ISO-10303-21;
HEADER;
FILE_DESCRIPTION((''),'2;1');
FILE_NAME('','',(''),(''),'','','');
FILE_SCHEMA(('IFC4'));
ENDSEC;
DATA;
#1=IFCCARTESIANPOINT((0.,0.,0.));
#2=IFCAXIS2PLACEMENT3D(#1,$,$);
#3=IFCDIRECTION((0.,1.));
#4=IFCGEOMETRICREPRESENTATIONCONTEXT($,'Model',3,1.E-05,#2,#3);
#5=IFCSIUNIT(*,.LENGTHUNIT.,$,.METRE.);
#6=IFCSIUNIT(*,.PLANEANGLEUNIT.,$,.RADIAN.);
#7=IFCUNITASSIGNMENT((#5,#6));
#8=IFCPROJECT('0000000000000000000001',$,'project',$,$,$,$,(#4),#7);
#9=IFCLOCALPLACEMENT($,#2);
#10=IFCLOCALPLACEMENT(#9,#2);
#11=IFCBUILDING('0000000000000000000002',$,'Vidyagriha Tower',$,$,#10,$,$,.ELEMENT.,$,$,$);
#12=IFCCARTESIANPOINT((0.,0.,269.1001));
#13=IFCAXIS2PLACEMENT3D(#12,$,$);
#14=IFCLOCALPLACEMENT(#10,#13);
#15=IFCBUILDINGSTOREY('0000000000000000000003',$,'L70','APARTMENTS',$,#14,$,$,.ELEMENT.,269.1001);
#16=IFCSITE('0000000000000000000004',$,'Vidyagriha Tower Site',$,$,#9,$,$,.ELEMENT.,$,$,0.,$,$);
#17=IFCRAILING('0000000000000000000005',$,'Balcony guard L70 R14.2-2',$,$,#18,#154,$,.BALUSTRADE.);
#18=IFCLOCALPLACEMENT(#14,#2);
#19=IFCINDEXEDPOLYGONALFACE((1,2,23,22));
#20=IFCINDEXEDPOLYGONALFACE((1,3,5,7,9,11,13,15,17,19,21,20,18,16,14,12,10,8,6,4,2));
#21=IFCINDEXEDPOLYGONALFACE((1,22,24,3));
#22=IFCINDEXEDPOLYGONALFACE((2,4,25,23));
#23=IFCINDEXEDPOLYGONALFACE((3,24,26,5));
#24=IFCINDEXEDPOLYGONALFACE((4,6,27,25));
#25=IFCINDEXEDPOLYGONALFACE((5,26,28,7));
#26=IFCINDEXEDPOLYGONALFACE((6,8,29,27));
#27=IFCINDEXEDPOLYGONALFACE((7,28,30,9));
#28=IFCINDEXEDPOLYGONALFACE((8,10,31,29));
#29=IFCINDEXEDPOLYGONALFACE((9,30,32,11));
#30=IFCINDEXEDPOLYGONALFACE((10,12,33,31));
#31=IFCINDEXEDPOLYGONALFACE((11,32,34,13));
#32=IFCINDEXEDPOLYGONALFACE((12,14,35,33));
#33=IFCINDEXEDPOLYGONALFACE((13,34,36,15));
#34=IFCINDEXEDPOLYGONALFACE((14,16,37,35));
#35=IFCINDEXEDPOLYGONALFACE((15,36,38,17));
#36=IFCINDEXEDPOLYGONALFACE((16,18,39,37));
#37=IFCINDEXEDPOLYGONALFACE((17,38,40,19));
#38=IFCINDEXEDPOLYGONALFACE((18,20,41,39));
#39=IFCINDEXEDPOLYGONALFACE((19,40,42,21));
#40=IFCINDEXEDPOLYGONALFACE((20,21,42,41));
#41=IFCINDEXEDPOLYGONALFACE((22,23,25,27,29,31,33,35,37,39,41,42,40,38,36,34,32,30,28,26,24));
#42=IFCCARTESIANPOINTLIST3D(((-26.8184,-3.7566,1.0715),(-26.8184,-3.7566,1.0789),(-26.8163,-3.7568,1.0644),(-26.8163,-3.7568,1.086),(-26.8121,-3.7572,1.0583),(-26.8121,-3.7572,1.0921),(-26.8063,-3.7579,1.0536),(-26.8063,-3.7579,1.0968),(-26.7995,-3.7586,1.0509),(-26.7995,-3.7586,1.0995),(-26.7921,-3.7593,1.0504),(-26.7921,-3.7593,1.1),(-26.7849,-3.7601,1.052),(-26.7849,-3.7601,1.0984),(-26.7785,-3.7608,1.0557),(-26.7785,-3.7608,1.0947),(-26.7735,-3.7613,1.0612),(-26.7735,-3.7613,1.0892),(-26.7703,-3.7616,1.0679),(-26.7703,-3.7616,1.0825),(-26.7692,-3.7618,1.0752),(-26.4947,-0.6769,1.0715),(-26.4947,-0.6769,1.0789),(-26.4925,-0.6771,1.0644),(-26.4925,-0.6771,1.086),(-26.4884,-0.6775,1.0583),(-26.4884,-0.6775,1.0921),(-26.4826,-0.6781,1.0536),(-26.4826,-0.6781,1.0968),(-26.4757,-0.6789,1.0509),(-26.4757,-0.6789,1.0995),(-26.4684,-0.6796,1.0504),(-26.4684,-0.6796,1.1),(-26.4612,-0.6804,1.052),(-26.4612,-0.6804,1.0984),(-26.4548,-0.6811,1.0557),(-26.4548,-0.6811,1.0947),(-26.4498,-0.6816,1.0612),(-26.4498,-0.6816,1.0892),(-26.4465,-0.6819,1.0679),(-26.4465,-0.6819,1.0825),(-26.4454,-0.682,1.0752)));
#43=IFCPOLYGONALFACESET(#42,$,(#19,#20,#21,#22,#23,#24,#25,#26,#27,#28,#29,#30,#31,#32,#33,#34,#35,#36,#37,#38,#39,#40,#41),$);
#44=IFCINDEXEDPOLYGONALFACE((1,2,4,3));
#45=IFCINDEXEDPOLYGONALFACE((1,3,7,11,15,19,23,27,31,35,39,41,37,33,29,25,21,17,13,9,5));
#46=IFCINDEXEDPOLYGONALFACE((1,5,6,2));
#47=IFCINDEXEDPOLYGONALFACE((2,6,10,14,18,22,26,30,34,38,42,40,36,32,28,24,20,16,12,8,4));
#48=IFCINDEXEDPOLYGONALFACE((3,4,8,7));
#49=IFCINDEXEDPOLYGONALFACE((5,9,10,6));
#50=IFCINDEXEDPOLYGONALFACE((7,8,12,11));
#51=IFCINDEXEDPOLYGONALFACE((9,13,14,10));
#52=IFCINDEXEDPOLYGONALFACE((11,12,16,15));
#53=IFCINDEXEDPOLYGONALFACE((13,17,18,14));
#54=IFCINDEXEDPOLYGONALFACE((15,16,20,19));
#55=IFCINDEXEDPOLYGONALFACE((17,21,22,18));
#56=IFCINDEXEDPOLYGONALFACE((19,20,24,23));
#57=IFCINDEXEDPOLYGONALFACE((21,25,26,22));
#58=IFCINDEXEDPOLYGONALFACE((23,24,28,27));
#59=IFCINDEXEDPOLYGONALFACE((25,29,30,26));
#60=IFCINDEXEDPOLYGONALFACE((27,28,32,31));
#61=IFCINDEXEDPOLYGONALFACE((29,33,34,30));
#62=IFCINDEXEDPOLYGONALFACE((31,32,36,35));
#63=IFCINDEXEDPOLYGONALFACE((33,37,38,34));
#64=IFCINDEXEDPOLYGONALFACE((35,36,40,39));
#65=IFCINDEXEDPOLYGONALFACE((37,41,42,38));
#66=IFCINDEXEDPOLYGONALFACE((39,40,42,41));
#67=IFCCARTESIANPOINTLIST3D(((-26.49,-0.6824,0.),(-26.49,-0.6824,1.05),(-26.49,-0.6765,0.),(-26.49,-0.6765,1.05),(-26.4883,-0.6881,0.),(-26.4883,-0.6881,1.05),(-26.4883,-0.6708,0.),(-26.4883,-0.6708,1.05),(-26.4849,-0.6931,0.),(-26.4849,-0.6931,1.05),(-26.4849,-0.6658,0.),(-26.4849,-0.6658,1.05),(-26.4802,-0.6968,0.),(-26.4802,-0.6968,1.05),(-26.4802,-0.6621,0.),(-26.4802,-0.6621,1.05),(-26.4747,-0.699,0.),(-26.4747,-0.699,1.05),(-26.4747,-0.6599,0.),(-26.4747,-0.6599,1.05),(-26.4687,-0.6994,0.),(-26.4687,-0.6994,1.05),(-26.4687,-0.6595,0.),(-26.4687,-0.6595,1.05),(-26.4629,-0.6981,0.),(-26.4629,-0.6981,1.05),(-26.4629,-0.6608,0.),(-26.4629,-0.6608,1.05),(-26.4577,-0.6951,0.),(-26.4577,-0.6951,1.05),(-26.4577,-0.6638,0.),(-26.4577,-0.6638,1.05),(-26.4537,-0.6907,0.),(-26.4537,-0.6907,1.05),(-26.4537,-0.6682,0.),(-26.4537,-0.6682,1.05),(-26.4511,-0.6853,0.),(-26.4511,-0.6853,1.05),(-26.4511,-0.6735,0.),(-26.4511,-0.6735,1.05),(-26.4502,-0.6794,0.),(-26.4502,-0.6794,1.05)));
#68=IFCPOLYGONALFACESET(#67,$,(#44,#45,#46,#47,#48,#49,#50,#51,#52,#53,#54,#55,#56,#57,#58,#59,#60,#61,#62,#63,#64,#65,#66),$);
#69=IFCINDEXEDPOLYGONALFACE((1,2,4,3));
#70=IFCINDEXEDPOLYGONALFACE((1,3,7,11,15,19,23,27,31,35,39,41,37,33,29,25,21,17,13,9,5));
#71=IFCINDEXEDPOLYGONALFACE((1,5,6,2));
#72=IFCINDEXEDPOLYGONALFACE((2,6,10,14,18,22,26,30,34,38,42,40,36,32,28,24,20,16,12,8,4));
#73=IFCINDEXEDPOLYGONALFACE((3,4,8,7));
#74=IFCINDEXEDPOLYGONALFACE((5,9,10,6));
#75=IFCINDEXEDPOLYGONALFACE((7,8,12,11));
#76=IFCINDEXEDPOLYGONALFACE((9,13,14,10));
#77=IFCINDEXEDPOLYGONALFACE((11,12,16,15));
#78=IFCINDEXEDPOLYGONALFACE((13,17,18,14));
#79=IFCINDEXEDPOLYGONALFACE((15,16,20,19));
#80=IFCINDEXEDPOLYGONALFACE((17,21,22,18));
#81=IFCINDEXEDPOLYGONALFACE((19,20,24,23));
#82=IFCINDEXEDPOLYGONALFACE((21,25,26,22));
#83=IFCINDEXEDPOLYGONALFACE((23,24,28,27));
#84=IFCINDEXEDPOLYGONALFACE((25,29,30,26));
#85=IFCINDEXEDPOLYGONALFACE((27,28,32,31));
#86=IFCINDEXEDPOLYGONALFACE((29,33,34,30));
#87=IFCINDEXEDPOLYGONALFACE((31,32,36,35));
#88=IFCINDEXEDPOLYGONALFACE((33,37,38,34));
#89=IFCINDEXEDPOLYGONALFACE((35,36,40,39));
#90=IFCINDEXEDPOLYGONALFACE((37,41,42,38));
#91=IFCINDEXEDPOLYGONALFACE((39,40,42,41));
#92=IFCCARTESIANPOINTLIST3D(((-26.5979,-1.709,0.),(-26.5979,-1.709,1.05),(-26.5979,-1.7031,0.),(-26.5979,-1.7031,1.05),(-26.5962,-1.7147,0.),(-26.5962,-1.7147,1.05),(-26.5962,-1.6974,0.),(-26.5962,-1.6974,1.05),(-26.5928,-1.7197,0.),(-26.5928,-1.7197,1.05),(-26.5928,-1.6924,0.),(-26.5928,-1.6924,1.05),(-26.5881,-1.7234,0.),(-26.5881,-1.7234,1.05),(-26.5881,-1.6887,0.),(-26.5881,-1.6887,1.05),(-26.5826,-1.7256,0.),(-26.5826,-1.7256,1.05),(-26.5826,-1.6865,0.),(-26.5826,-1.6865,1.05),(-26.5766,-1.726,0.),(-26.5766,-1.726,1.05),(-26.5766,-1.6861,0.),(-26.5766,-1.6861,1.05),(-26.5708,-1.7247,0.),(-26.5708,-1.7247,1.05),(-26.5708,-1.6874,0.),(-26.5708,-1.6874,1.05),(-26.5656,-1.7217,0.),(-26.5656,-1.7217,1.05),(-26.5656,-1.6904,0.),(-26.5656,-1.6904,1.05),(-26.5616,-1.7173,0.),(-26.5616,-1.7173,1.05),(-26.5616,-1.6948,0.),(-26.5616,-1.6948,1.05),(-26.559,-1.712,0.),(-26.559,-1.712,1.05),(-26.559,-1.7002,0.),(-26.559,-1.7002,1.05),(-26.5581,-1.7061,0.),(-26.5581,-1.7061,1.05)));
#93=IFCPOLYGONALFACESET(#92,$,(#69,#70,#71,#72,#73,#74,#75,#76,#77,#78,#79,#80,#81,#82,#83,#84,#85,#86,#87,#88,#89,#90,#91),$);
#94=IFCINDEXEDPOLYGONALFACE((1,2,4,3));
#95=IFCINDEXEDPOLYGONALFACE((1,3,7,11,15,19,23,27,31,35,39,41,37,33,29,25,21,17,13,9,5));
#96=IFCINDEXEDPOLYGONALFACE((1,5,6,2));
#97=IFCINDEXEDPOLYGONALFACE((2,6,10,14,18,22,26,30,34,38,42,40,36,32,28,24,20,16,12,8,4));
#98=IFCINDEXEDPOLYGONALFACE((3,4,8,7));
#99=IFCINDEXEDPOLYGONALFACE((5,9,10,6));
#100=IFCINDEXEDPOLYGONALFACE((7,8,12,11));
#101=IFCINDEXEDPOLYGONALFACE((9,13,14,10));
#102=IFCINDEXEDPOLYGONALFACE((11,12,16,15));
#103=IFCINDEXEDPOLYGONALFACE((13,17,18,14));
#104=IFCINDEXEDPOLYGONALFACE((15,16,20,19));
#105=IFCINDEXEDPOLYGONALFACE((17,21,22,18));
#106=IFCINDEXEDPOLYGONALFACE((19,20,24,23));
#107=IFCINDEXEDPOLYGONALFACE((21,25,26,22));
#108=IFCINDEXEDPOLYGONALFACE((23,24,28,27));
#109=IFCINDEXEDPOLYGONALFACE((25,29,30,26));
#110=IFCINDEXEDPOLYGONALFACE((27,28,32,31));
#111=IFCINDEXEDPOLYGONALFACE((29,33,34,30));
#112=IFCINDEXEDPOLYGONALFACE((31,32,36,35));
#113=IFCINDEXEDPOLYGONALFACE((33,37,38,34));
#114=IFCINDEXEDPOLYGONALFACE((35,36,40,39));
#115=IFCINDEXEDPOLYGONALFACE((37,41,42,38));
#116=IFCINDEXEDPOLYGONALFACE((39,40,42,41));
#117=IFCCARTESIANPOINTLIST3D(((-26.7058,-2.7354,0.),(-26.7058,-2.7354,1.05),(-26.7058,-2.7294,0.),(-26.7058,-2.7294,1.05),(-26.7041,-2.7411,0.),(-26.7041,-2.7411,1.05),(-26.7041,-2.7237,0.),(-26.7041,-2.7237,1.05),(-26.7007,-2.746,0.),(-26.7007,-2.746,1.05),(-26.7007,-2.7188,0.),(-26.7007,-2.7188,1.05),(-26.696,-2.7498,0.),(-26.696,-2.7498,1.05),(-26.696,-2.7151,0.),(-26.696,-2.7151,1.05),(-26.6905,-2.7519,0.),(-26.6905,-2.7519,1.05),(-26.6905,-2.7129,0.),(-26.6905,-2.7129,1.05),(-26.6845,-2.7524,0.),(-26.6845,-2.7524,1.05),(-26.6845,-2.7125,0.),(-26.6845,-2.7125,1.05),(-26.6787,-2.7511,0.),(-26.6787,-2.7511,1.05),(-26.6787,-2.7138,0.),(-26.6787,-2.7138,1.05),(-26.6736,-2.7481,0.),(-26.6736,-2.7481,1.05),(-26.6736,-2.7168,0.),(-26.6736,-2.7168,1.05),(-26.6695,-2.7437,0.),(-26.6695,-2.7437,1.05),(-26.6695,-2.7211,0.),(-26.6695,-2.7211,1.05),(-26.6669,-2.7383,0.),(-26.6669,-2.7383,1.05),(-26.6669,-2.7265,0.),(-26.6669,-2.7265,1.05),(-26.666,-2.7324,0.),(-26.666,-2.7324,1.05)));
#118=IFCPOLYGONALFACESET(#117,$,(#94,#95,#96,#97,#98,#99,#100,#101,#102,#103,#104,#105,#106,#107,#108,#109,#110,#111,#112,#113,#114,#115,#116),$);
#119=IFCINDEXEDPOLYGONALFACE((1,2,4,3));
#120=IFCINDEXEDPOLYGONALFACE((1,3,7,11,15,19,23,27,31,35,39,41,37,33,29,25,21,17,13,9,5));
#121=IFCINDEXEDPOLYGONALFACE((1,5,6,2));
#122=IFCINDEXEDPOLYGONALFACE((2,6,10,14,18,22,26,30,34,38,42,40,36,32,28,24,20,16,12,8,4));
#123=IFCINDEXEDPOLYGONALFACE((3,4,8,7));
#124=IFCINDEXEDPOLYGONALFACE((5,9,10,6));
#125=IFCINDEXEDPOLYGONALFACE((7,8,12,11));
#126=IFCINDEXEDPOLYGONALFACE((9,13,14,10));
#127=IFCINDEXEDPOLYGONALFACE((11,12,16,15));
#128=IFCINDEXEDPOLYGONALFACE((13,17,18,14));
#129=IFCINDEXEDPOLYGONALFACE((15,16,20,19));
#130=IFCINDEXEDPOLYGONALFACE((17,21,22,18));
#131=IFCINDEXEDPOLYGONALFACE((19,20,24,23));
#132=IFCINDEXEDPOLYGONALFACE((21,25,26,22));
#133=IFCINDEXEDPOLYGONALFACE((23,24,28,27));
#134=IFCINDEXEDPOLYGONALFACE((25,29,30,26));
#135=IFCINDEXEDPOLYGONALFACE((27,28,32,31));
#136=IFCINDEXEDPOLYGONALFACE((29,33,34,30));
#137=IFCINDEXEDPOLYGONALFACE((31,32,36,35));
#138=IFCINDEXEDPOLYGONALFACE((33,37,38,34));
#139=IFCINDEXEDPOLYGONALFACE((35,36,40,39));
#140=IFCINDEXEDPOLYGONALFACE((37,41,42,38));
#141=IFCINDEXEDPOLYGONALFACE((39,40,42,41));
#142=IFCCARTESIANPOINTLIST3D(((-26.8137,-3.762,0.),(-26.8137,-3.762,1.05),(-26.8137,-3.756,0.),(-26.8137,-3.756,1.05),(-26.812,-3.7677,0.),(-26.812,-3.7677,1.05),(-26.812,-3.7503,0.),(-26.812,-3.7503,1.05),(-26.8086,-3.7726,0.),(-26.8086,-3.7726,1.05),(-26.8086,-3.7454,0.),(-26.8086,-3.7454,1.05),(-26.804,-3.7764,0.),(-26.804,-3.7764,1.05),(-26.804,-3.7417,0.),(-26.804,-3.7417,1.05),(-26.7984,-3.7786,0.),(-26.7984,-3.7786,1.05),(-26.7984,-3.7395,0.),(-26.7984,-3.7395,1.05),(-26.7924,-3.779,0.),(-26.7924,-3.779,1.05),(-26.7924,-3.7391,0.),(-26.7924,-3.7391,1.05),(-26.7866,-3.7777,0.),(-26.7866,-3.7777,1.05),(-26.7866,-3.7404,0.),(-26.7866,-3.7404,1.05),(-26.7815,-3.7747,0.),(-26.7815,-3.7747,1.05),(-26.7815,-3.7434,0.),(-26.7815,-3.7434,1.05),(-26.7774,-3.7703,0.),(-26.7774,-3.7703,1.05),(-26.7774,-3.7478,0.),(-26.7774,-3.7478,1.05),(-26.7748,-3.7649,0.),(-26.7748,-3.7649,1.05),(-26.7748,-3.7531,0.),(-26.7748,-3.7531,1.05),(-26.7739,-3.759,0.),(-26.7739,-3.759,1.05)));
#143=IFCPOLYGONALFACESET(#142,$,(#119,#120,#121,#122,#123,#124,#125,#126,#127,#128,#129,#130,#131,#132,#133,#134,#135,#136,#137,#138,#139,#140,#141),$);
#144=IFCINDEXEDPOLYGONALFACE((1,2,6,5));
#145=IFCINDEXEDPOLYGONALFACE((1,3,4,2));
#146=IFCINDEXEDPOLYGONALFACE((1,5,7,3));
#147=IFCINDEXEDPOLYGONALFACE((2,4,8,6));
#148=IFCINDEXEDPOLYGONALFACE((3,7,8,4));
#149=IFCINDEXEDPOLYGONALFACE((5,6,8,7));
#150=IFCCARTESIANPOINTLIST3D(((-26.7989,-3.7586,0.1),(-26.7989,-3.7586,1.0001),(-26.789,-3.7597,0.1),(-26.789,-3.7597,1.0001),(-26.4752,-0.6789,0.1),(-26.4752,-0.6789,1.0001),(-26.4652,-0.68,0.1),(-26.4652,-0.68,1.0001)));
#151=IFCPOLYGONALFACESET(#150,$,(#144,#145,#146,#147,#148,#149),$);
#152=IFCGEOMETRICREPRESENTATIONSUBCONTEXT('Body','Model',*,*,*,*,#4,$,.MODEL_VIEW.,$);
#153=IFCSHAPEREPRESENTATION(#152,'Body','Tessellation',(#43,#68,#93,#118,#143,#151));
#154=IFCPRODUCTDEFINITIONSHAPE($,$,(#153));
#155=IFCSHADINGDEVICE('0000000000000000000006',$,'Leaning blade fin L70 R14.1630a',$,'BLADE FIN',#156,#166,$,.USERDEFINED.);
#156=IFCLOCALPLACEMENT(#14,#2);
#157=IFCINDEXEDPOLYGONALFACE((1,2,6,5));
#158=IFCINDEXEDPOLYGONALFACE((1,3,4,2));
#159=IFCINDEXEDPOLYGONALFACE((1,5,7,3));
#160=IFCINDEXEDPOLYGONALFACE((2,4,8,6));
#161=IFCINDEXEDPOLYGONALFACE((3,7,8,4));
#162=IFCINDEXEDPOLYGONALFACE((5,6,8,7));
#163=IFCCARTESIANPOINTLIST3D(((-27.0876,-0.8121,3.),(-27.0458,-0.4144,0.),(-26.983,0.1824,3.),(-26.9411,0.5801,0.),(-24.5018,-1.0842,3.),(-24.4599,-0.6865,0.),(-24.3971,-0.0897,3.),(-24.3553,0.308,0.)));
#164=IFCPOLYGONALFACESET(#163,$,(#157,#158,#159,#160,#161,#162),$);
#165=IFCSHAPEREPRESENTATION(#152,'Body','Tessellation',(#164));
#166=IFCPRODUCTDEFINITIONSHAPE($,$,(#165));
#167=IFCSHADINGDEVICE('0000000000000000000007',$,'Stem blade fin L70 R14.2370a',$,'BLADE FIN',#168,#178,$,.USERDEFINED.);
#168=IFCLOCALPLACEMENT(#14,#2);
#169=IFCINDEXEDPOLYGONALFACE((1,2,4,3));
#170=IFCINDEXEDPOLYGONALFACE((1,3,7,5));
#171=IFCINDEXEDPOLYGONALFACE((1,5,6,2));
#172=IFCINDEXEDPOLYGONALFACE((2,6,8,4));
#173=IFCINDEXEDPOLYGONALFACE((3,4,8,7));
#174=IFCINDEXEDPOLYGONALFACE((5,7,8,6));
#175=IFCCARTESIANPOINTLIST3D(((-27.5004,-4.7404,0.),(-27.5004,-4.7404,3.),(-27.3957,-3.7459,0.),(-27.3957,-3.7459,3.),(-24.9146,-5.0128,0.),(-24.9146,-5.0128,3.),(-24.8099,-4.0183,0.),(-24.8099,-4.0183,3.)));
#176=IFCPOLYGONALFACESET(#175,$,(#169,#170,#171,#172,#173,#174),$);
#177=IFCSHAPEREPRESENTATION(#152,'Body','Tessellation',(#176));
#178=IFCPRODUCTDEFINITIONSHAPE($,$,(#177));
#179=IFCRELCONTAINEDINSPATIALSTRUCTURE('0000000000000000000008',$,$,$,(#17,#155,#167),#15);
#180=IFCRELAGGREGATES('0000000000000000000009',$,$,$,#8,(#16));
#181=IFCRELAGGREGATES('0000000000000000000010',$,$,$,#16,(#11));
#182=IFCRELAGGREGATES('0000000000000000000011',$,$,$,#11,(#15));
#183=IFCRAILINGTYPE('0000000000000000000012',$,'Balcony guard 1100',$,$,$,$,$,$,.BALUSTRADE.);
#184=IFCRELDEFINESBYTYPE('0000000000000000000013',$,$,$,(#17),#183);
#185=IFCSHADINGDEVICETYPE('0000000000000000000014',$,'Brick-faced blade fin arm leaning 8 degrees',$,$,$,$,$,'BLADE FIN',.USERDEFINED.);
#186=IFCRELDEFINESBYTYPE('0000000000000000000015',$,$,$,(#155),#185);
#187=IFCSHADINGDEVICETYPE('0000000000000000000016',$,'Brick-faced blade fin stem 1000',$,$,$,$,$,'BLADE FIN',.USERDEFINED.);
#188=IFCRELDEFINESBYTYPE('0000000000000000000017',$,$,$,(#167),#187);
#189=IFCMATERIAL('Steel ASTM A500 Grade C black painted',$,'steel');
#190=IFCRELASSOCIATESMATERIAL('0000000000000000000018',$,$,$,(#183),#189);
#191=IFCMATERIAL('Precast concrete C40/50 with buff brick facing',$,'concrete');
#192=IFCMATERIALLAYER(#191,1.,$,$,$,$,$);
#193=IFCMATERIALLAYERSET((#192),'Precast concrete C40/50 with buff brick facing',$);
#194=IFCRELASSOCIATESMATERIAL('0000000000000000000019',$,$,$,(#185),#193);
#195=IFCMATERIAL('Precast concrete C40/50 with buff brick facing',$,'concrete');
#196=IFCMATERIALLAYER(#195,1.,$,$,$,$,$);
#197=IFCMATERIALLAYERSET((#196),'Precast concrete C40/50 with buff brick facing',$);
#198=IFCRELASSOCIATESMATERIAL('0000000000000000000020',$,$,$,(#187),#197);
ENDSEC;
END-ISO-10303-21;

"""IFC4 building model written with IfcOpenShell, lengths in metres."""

from ifc_helpers import new_model, si_unit, direction, frame, origin, origin_2d, place, context, subcontext, project, spatial, polyline, rectangle, circle, outline, extrude, material, layer, layer_set, type_object, element, save


model = new_model("IFC4")

# Units and contexts
model_context = context("Model", 3, precision=1e-05, world=origin(), true_north=direction((0.0, 1.0)))
body_context = subcontext(model_context, "Body", "Model", "MODEL_VIEW")
ifc_project = project(units=[si_unit("LENGTHUNIT", "METRE"), si_unit("PLANEANGLEUNIT", "RADIAN")], contexts=[model_context])

# Site, building, storey
site_placement = place(None, origin())
site = spatial("IfcSite", under=ifc_project, at=site_placement, Name="Vidyagriha Tower Site", CompositionType="ELEMENT", RefElevation=0.0)
building_placement = place(site_placement, origin())
building = spatial("IfcBuilding", under=site, at=building_placement, Name="Vidyagriha Tower", CompositionType="ELEMENT")
storey_placement = place(building_placement, frame((0.0, 0.0, 269.1001)))
storey = spatial("IfcBuildingStorey", under=building, at=storey_placement, Name="L70", Description="APARTMENTS", CompositionType="ELEMENT", Elevation=269.1001)

# Railing
ifc_material_1 = material(Name="Steel ASTM A500 Grade C black painted", Category="steel")
railing_type_1 = type_object("IfcRailingType", Name="Balcony guard 1100", PredefinedType="BALUSTRADE", material=ifc_material_1)
railing_1_placement = place(storey_placement, frame((-26.4702, -0.6794, 0.0)))
element("IfcRailing", 1, at=railing_1_placement, inside=storey, type_object=railing_type_1, Name="Balcony guard L70 R14.2-2", PredefinedType="BALUSTRADE", context=body_context, shape_type="SweptSolid", body=[
    extrude(circle(Radius=0.0249, at=origin_2d()), frame((0.0, 0.0, 1.0752), z_axis=(-0.104545, -0.99452, 0.0), x_axis=(0.99452, -0.104545, 0.0)), (0.0, 0.0, 1.0), 3.0967),
    extrude(circle(Radius=0.02, at=origin_2d()), origin(), (0.0, 0.0, 1.0), 1.05),
    extrude(circle(Radius=0.02, at=origin_2d()), frame((-0.1079, -1.0266, 0.0)), (0.0, 0.0, 1.0), 1.05),
    extrude(circle(Radius=0.02, at=origin_2d()), frame((-0.2158, -2.053, 0.0)), (0.0, 0.0, 1.0), 1.05),
    extrude(circle(Radius=0.02, at=origin_2d()), frame((-0.3237, -3.0796, 0.0)), (0.0, 0.0, 1.0), 1.05),
    extrude(rectangle(XDim=0.01, YDim=0.9001, at=origin_2d()), frame((0.0, 0.0, 0.55), z_axis=(-0.104545, -0.99452, 0.0), x_axis=(0.99452, -0.104545, 0.0)), (0.0, 0.0, 1.0), 3.0967),
])

# Shading devices
ifc_material_2 = material(Name="Precast concrete C40/50 with buff brick facing", Category="concrete")
ifc_layer_1 = layer(ifc_material_2, 1.0)
ifc_layer_set_1 = layer_set([ifc_layer_1], Name="Precast concrete C40/50 with buff brick facing")
shading_device_type_1 = type_object("IfcShadingDeviceType", Name="Brick-faced blade fin arm leaning 8 degrees", ElementType="BLADE FIN", PredefinedType="USERDEFINED", material=ifc_layer_set_1)
shading_device_1_placement = place(storey_placement, frame((-25.6482, 0.4441, 0.0), z_axis=(0.0, 0.0, 1.0), x_axis=(-0.104648, -0.994509, 0.0)))
element("IfcShadingDevice", 2, at=shading_device_1_placement, inside=storey, type_object=shading_device_type_1, Name="Leaning blade fin L70 R14.1630a", ObjectType="BLADE FIN", PredefinedType="USERDEFINED", context=body_context, shape_type="SweptSolid", body=[
    extrude(outline(polyline([(0.0, 0.0), (1.0, 0.0), (1.3999, 3.0), (0.3999, 3.0), (0.0, 0.0)])), frame((0.0, 1.3, 0.0), z_axis=(0.0, -1.0, 0.0), x_axis=(1.0, 0.0, 0.0)), (0.0, 0.0, 1.0), 2.6001),
])
ifc_material_3 = material(Name="Precast concrete C40/50 with buff brick facing", Category="concrete")
ifc_layer_2 = layer(ifc_material_3, 1.0)
ifc_layer_set_2 = layer_set([ifc_layer_2], Name="Precast concrete C40/50 with buff brick facing")
shading_device_type_2 = type_object("IfcShadingDeviceType", Name="Brick-faced blade fin stem 1000", ElementType="BLADE FIN", PredefinedType="USERDEFINED", material=ifc_layer_set_2)
shading_device_2_placement = place(storey_placement, frame((-26.1028, -3.8821, 0.0), z_axis=(0.0, 0.0, 1.0), x_axis=(-0.104748, -0.994499, 0.0)))
element("IfcShadingDevice", 3, at=shading_device_2_placement, inside=storey, type_object=shading_device_type_2, Name="Stem blade fin L70 R14.2370a", ObjectType="BLADE FIN", PredefinedType="USERDEFINED", context=body_context, shape_type="SweptSolid", body=[
    extrude(outline(polyline([(0.0, 0.0), (1.0, 0.0), (1.0, 3.0), (0.0, 3.0), (0.0, 0.0)])), frame((0.0, 1.3, 0.0), z_axis=(0.0, -1.0, 0.0), x_axis=(1.0, 0.0, 0.0)), (0.0, 0.0, 1.0), 2.6001),
])

save(model, "model.ifc")
